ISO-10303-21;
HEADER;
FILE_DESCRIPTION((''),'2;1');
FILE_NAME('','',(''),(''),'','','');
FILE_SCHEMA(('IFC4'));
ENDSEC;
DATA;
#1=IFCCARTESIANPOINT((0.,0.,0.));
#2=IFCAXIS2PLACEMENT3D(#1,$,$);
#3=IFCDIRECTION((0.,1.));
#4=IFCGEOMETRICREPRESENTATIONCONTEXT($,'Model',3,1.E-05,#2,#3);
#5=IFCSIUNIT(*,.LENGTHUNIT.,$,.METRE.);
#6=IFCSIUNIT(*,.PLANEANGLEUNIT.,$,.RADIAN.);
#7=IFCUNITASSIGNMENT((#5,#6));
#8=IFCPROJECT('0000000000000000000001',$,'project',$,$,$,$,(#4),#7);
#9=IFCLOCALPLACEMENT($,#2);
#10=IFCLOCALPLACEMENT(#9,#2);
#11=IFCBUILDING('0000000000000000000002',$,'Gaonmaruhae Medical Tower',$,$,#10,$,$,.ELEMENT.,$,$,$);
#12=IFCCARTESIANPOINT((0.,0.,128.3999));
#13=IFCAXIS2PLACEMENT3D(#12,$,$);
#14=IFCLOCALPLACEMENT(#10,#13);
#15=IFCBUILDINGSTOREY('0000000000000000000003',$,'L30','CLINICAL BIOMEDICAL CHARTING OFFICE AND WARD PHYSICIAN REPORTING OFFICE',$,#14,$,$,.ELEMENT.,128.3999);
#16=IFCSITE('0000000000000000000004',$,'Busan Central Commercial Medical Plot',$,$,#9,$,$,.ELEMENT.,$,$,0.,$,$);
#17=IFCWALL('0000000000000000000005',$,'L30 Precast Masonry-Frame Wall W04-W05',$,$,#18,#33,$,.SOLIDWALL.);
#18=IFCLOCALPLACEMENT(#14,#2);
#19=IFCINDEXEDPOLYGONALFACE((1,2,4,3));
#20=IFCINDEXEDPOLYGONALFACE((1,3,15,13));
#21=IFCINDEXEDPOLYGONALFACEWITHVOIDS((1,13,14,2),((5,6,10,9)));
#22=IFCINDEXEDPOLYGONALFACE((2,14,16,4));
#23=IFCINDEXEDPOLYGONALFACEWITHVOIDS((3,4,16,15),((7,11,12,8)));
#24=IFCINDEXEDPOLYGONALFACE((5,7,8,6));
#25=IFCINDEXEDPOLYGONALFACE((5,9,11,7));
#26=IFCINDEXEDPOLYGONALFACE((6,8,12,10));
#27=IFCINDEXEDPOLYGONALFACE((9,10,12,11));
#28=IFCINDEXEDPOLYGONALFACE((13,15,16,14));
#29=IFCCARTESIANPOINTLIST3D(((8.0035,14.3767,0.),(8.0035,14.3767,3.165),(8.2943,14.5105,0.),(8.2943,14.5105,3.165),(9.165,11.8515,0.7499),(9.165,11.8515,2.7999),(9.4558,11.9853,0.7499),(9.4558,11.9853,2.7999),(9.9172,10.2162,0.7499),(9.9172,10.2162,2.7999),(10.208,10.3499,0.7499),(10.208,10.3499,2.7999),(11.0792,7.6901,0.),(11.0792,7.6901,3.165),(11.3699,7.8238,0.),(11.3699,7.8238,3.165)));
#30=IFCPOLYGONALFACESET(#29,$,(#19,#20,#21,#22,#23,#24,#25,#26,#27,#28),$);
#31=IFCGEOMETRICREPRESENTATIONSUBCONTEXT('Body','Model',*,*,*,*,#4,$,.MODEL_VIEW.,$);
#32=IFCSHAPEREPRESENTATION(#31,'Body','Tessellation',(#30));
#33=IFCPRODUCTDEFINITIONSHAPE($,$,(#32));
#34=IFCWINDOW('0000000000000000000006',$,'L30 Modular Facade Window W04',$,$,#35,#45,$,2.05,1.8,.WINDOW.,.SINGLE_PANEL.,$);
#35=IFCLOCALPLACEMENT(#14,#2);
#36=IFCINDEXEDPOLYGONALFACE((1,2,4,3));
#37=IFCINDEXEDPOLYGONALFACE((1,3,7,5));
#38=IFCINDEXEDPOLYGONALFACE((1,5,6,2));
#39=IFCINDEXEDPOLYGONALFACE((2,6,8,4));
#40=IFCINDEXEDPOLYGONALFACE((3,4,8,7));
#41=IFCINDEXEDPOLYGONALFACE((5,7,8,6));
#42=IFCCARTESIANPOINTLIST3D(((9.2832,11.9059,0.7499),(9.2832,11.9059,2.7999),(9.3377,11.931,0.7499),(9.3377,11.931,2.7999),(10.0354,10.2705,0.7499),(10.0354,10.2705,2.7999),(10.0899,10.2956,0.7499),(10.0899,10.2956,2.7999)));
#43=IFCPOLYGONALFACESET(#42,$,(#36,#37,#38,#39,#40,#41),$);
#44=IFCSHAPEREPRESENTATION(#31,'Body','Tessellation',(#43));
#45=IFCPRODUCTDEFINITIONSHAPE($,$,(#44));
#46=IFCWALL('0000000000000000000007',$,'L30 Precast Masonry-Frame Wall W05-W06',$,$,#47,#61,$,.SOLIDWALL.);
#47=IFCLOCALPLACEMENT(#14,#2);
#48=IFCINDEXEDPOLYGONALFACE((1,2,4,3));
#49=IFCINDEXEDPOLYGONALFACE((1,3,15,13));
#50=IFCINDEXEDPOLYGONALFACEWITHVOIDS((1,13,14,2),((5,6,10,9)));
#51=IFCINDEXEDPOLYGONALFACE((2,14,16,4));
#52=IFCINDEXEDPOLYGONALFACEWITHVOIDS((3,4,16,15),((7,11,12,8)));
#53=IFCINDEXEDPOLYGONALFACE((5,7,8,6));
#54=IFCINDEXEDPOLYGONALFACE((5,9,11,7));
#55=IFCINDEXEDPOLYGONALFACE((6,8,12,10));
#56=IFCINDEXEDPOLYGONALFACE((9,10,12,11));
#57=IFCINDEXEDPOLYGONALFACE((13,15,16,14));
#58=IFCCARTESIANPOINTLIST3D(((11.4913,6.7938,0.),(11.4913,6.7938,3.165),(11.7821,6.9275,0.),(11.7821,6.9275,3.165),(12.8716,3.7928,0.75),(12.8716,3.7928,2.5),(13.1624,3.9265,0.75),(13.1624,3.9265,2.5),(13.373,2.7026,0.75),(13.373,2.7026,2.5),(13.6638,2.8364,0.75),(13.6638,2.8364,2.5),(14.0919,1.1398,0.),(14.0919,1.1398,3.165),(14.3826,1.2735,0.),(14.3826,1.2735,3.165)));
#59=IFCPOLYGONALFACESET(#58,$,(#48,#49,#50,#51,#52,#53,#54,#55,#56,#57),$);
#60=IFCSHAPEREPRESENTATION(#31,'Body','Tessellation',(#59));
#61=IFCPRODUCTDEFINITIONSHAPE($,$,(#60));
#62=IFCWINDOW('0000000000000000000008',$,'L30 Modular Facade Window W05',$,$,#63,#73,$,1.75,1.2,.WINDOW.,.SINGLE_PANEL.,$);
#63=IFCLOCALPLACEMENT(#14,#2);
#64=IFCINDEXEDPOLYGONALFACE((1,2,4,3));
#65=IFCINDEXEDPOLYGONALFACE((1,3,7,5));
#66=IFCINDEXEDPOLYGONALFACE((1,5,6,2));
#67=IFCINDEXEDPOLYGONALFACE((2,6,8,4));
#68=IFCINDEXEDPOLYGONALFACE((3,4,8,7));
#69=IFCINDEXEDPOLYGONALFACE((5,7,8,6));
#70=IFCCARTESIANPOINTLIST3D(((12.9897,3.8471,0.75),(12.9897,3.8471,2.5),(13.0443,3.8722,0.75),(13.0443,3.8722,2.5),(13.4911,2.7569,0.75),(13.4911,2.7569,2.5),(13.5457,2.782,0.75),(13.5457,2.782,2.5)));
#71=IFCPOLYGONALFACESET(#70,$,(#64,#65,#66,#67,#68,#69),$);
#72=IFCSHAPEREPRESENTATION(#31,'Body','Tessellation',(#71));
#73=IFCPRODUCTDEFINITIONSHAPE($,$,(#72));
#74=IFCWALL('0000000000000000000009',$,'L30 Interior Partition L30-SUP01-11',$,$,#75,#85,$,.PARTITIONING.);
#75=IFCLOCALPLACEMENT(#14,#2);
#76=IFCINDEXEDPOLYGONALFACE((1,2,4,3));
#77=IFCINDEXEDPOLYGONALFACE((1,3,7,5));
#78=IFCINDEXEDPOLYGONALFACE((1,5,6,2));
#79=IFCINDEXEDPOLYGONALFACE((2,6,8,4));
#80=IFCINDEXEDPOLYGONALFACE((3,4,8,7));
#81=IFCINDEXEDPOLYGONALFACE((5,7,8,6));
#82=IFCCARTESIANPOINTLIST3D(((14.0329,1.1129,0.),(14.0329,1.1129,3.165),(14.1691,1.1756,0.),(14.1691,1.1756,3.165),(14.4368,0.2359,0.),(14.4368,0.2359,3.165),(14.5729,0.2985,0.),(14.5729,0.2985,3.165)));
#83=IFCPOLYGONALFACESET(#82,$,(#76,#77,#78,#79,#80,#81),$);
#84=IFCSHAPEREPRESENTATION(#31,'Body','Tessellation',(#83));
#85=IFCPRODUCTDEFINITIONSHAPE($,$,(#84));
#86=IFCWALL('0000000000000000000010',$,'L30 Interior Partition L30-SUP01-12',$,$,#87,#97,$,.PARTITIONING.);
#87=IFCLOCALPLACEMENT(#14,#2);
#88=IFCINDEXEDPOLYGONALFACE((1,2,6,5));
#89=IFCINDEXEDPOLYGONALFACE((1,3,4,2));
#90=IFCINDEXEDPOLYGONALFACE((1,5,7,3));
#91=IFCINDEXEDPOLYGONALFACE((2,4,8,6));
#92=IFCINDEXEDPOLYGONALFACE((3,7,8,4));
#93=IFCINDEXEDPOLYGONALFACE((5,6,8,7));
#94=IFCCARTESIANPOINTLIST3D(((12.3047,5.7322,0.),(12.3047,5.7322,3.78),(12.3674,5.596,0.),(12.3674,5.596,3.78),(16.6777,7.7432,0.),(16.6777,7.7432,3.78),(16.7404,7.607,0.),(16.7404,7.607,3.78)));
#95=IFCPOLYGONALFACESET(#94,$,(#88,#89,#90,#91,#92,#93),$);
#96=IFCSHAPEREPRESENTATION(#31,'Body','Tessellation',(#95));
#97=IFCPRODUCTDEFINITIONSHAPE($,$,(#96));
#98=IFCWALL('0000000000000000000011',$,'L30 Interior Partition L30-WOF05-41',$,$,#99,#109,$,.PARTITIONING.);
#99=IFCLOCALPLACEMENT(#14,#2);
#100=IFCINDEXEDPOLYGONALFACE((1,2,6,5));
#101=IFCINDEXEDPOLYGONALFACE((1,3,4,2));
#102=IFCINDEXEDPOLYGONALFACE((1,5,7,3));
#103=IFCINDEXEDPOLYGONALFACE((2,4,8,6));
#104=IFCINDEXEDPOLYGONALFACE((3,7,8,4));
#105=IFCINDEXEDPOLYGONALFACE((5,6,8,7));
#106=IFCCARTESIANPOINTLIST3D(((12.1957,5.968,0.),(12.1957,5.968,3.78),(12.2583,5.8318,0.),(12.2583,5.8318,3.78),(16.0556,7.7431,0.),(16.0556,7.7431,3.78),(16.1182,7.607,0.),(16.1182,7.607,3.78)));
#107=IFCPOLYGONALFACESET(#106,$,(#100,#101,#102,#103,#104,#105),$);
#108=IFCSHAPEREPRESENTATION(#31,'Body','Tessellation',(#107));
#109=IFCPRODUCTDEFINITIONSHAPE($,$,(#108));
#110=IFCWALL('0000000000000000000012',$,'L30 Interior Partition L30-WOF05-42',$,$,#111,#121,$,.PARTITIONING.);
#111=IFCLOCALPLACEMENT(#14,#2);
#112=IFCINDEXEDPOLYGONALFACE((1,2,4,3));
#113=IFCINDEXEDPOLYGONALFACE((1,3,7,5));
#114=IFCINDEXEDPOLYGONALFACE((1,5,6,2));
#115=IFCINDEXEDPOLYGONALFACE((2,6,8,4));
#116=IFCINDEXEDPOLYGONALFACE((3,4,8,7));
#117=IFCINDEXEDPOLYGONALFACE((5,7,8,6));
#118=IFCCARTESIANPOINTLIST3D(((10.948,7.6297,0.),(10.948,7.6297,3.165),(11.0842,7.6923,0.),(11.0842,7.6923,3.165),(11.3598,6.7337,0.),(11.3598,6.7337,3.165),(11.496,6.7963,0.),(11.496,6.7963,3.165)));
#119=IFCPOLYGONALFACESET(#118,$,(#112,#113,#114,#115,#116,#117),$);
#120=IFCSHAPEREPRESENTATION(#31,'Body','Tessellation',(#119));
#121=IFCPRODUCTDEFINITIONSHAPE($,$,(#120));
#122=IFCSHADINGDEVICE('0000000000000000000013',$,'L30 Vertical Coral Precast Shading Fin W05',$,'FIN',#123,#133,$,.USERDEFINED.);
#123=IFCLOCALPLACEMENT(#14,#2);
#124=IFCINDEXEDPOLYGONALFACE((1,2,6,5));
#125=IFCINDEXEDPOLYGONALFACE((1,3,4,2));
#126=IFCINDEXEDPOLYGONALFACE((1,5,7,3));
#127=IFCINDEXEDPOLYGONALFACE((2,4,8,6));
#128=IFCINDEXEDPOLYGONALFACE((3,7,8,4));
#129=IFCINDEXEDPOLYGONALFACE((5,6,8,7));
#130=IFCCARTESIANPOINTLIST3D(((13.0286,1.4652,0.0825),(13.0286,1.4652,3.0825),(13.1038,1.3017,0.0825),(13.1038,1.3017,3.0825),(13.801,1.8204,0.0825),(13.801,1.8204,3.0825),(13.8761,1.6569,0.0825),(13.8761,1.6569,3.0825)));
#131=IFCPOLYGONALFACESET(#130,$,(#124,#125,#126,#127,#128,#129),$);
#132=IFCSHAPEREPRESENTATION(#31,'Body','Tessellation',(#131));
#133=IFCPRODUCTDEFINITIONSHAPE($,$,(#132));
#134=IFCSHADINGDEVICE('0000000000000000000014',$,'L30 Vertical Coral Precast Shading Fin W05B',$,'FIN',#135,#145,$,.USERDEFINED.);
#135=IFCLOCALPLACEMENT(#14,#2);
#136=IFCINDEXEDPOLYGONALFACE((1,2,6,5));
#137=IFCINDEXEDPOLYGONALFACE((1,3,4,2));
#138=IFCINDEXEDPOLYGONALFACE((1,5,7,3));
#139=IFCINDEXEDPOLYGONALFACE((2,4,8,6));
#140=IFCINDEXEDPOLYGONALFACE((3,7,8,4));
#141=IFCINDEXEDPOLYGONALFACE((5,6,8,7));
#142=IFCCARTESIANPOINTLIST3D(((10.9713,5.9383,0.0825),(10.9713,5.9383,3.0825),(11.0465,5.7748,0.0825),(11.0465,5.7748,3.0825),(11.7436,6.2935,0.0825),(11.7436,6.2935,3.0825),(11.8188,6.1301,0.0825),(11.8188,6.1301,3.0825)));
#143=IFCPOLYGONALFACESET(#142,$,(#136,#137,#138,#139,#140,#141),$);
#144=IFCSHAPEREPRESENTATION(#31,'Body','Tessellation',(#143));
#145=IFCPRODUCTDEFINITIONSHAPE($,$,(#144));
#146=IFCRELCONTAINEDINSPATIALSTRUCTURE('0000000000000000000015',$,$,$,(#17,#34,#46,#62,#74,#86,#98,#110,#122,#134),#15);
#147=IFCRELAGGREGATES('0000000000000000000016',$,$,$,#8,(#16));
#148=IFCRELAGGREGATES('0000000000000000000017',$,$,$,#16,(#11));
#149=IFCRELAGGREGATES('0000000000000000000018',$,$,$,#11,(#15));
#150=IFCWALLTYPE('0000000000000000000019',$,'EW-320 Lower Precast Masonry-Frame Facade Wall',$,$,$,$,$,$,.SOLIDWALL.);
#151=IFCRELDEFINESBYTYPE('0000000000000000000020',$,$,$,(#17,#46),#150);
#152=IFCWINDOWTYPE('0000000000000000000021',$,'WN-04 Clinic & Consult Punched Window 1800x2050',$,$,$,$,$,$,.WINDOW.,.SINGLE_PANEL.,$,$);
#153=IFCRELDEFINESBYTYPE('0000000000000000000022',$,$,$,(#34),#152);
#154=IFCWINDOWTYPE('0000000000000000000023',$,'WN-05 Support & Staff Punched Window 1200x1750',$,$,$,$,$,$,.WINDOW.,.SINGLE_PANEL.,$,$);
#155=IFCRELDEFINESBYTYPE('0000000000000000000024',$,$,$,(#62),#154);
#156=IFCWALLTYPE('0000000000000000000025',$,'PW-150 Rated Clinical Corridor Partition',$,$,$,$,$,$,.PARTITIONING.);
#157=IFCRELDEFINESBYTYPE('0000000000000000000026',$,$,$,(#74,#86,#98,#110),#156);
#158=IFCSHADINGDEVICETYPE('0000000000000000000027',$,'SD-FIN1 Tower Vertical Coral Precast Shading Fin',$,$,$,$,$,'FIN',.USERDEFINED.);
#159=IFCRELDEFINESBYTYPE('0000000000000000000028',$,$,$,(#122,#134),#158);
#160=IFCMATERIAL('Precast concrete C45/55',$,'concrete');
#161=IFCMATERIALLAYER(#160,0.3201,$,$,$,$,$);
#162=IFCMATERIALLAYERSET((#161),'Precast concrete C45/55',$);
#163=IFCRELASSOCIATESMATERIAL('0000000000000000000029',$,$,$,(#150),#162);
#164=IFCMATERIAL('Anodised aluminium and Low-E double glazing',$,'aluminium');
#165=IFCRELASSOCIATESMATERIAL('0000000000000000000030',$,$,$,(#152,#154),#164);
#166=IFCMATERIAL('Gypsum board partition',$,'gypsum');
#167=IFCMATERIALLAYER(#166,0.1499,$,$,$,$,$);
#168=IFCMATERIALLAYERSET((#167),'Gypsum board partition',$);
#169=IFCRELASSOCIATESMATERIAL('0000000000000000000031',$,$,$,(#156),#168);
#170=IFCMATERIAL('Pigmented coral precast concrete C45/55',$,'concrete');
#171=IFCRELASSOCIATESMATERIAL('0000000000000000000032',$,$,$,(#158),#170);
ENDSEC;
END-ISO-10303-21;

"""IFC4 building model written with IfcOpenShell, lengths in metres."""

from ifc_helpers import new_model, si_unit, direction, frame, frame_2d, origin, origin_2d, place, context, subcontext, project, spatial, rectangle, extrude, material, layer, layer_set, type_object, element, fill, save


model = new_model("IFC4")

# Units and contexts
model_context = context("Model", 3, precision=1e-05, world=origin(), true_north=direction((0.0, 1.0)))
body_context = subcontext(model_context, "Body", "Model", "MODEL_VIEW")
ifc_project = project(units=[si_unit("LENGTHUNIT", "METRE"), si_unit("PLANEANGLEUNIT", "RADIAN")], contexts=[model_context])

# Site, building, storey
site_placement = place(None, origin())
site = spatial("IfcSite", under=ifc_project, at=site_placement, Name="Busan Central Commercial Medical Plot", CompositionType="ELEMENT", RefElevation=0.0)
building_placement = place(site_placement, origin())
building = spatial("IfcBuilding", under=site, at=building_placement, Name="Gaonmaruhae Medical Tower", CompositionType="ELEMENT")
storey_placement = place(building_placement, frame((0.0, 0.0, 128.3999)))
storey = spatial("IfcBuildingStorey", under=building, at=storey_placement, Name="L30", Description="CLINICAL BIOMEDICAL CHARTING OFFICE AND WARD PHYSICIAN REPORTING OFFICE", CompositionType="ELEMENT", Elevation=128.3999)

# Walls, openings, windows
ifc_material_1 = material(Name="Precast concrete C45/55", Category="concrete")
ifc_layer_1 = layer(ifc_material_1, 0.3201)
ifc_layer_set_1 = layer_set([ifc_layer_1], Name="Precast concrete C45/55")
wall_type_1 = type_object("IfcWallType", Name="EW-320 Lower Precast Masonry-Frame Facade Wall", PredefinedType="SOLIDWALL", material=ifc_layer_set_1)
wall_1_placement = place(storey_placement, frame((11.2246, 7.7568, 0.0), z_axis=(0.0, 0.0, 1.0), x_axis=(-0.41788, 0.908502, 0.0)))
wall_1 = element("IfcWall", 1, at=wall_1_placement, inside=storey, type_object=wall_type_1, Name="L30 Precast Masonry-Frame Wall W04-W05", PredefinedType="SOLIDWALL", context=body_context, shape_type="SweptSolid", body=[
    extrude(rectangle(XDim=7.3601, YDim=0.3201, at=frame_2d((3.6802, 0.0))), origin(), (0.0, 0.0, 1.0), 3.165),
])
opening_1_placement = place(wall_1_placement, frame((2.7808, 0.0, 0.75)))
opening_1 = element("IfcOpeningElement", 2, at=opening_1_placement, cuts=wall_1, PredefinedType="OPENING", context=body_context, shape_type="SweptSolid", body=[
    extrude(rectangle(XDim=1.8, YDim=2.05, at=frame_2d((0.8999, 1.0249))), frame((0.0, 0.1699, 0.0), z_axis=(0.0, -1.0, 0.0), x_axis=(1.0, 0.0, 0.0)), (0.0, 0.0, 1.0), 0.3401),
])
ifc_material_2 = material(Name="Anodised aluminium and Low-E double glazing", Category="aluminium")
window_type_1 = type_object("IfcWindowType", Name="WN-04 Clinic & Consult Punched Window 1800x2050", PartitioningType="SINGLE_PANEL", PredefinedType="WINDOW", material=ifc_material_2)
window_1_placement = place(opening_1_placement, origin())
window_1 = element("IfcWindow", 3, at=window_1_placement, inside=storey, type_object=window_type_1, Name="L30 Modular Facade Window W04", OverallHeight=2.05, OverallWidth=1.8, PartitioningType="SINGLE_PANEL", PredefinedType="WINDOW", context=body_context, shape_type="SweptSolid", body=[
    extrude(rectangle(XDim=1.8, YDim=2.05, at=frame_2d((0.8999, 1.0249))), frame((0.0, 0.03, 0.0), z_axis=(0.0, -1.0, 0.0), x_axis=(1.0, 0.0, 0.0)), (0.0, 0.0, 1.0), 0.0601),
])
fill(opening_1, window_1)
wall_2_placement = place(storey_placement, frame((14.2373, 1.2065, 0.0), z_axis=(0.0, 0.0, 1.0), x_axis=(-0.417869, 0.908507, 0.0)))
wall_2 = element("IfcWall", 4, at=wall_2_placement, inside=storey, type_object=wall_type_1, Name="L30 Precast Masonry-Frame Wall W05-W06", PredefinedType="SOLIDWALL", context=body_context, shape_type="SweptSolid", body=[
    extrude(rectangle(XDim=6.2234, YDim=0.3201, at=frame_2d((3.1118, 0.0))), origin(), (0.0, 0.0, 1.0), 3.165),
])
opening_2_placement = place(wall_2_placement, frame((1.7202, 0.0, 0.75)))
opening_2 = element("IfcOpeningElement", 5, at=opening_2_placement, cuts=wall_2, PredefinedType="OPENING", context=body_context, shape_type="SweptSolid", body=[
    extrude(rectangle(XDim=1.2, YDim=1.75, at=frame_2d((0.6001, 0.875))), frame((0.0, 0.1699, 0.0), z_axis=(0.0, -1.0, 0.0), x_axis=(1.0, 0.0, 0.0)), (0.0, 0.0, 1.0), 0.3401),
])
window_type_2 = type_object("IfcWindowType", Name="WN-05 Support & Staff Punched Window 1200x1750", PartitioningType="SINGLE_PANEL", PredefinedType="WINDOW", material=ifc_material_2)
window_2_placement = place(opening_2_placement, origin())
window_2 = element("IfcWindow", 6, at=window_2_placement, inside=storey, type_object=window_type_2, Name="L30 Modular Facade Window W05", OverallHeight=1.75, OverallWidth=1.2, PartitioningType="SINGLE_PANEL", PredefinedType="WINDOW", context=body_context, shape_type="SweptSolid", body=[
    extrude(rectangle(XDim=1.2, YDim=1.75, at=frame_2d((0.6001, 0.875))), frame((0.0, 0.03, 0.0), z_axis=(0.0, -1.0, 0.0), x_axis=(1.0, 0.0, 0.0)), (0.0, 0.0, 1.0), 0.0601),
])
fill(opening_2, window_2)

# Walls
ifc_material_3 = material(Name="Gypsum board partition", Category="gypsum")
ifc_layer_2 = layer(ifc_material_3, 0.1499)
ifc_layer_set_2 = layer_set([ifc_layer_2], Name="Gypsum board partition")
wall_type_2 = type_object("IfcWallType", Name="PW-150 Rated Clinical Corridor Partition", PredefinedType="PARTITIONING", material=ifc_layer_set_2)
wall_3_placement = place(storey_placement, frame((14.5049, 0.2671, 0.0), z_axis=(0.0, 0.0, 1.0), x_axis=(-0.418256, 0.908329, 0.0)))
element("IfcWall", 7, at=wall_3_placement, inside=storey, type_object=wall_type_2, Name="L30 Interior Partition L30-SUP01-11", PredefinedType="PARTITIONING", context=body_context, shape_type="SweptSolid", body=[
    extrude(rectangle(XDim=0.9656, YDim=0.1499, at=frame_2d((0.4829, 0.0))), origin(), (0.0, 0.0, 1.0), 3.165),
])
wall_4_placement = place(storey_placement, frame((12.3359, 5.6641, 0.0), z_axis=(0.0, 0.0, 1.0), x_axis=(0.908539, 0.4178, 0.0)))
element("IfcWall", 8, at=wall_4_placement, inside=storey, type_object=wall_type_2, Name="L30 Interior Partition L30-SUP01-12", PredefinedType="PARTITIONING", context=body_context, shape_type="SweptSolid", body=[
    extrude(rectangle(XDim=4.8132, YDim=0.1499, at=frame_2d((2.4067, 0.0))), origin(), (0.0, 0.0, 1.0), 3.78),
])
wall_5_placement = place(storey_placement, frame((16.0869, 7.675, 0.0), z_axis=(0.0, 0.0, 1.0), x_axis=(-0.908525, -0.41783, 0.0)))
element("IfcWall", 9, at=wall_5_placement, inside=storey, type_object=wall_type_2, Name="L30 Interior Partition L30-WOF05-41", PredefinedType="PARTITIONING", context=body_context, shape_type="SweptSolid", body=[
    extrude(rectangle(XDim=4.2485, YDim=0.1499, at=frame_2d((2.1243, 0.0))), origin(), (0.0, 0.0, 1.0), 3.78),
])
wall_6_placement = place(storey_placement, frame((11.428, 6.7649, 0.0), z_axis=(0.0, 0.0, 1.0), x_axis=(-0.41766, 0.908603, 0.0)))
element("IfcWall", 10, at=wall_6_placement, inside=storey, type_object=wall_type_2, Name="L30 Interior Partition L30-WOF05-42", PredefinedType="PARTITIONING", context=body_context, shape_type="SweptSolid", body=[
    extrude(rectangle(XDim=0.9861, YDim=0.1499, at=frame_2d((0.4932, 0.0))), origin(), (0.0, 0.0, 1.0), 3.165),
])

# Shading devices
ifc_material_4 = material(Name="Pigmented coral precast concrete C45/55", Category="concrete")
shading_device_type = type_object("IfcShadingDeviceType", Name="SD-FIN1 Tower Vertical Coral Precast Shading Fin", ElementType="FIN", PredefinedType="USERDEFINED", material=ifc_material_4)
for number, where, z_axis, x_axis, name in (
    (11, (13.4524, 1.561, 0.0825), (0.0, 0.0, 1.0), (-0.417867, 0.908508, 0.0), "L30 Vertical Coral Precast Shading Fin W05"),
    (12, (11.395, 6.0342, 0.0825), (0.0, 0.0, 1.0), (-0.417867, 0.908508, 0.0), "L30 Vertical Coral Precast Shading Fin W05B"),
):
    element("IfcShadingDevice", number, at=place(storey_placement, frame(where, z_axis=z_axis, x_axis=x_axis)), inside=storey, type_object=shading_device_type, Name=name, ObjectType="FIN", PredefinedType="USERDEFINED", context=body_context, shape_type="SweptSolid", body=[
        extrude(rectangle(XDim=0.1799, YDim=0.8501, at=origin_2d()), origin(), (0.0, 0.0, 1.0), 3.0),
    ])

save(model, "model.ifc")
